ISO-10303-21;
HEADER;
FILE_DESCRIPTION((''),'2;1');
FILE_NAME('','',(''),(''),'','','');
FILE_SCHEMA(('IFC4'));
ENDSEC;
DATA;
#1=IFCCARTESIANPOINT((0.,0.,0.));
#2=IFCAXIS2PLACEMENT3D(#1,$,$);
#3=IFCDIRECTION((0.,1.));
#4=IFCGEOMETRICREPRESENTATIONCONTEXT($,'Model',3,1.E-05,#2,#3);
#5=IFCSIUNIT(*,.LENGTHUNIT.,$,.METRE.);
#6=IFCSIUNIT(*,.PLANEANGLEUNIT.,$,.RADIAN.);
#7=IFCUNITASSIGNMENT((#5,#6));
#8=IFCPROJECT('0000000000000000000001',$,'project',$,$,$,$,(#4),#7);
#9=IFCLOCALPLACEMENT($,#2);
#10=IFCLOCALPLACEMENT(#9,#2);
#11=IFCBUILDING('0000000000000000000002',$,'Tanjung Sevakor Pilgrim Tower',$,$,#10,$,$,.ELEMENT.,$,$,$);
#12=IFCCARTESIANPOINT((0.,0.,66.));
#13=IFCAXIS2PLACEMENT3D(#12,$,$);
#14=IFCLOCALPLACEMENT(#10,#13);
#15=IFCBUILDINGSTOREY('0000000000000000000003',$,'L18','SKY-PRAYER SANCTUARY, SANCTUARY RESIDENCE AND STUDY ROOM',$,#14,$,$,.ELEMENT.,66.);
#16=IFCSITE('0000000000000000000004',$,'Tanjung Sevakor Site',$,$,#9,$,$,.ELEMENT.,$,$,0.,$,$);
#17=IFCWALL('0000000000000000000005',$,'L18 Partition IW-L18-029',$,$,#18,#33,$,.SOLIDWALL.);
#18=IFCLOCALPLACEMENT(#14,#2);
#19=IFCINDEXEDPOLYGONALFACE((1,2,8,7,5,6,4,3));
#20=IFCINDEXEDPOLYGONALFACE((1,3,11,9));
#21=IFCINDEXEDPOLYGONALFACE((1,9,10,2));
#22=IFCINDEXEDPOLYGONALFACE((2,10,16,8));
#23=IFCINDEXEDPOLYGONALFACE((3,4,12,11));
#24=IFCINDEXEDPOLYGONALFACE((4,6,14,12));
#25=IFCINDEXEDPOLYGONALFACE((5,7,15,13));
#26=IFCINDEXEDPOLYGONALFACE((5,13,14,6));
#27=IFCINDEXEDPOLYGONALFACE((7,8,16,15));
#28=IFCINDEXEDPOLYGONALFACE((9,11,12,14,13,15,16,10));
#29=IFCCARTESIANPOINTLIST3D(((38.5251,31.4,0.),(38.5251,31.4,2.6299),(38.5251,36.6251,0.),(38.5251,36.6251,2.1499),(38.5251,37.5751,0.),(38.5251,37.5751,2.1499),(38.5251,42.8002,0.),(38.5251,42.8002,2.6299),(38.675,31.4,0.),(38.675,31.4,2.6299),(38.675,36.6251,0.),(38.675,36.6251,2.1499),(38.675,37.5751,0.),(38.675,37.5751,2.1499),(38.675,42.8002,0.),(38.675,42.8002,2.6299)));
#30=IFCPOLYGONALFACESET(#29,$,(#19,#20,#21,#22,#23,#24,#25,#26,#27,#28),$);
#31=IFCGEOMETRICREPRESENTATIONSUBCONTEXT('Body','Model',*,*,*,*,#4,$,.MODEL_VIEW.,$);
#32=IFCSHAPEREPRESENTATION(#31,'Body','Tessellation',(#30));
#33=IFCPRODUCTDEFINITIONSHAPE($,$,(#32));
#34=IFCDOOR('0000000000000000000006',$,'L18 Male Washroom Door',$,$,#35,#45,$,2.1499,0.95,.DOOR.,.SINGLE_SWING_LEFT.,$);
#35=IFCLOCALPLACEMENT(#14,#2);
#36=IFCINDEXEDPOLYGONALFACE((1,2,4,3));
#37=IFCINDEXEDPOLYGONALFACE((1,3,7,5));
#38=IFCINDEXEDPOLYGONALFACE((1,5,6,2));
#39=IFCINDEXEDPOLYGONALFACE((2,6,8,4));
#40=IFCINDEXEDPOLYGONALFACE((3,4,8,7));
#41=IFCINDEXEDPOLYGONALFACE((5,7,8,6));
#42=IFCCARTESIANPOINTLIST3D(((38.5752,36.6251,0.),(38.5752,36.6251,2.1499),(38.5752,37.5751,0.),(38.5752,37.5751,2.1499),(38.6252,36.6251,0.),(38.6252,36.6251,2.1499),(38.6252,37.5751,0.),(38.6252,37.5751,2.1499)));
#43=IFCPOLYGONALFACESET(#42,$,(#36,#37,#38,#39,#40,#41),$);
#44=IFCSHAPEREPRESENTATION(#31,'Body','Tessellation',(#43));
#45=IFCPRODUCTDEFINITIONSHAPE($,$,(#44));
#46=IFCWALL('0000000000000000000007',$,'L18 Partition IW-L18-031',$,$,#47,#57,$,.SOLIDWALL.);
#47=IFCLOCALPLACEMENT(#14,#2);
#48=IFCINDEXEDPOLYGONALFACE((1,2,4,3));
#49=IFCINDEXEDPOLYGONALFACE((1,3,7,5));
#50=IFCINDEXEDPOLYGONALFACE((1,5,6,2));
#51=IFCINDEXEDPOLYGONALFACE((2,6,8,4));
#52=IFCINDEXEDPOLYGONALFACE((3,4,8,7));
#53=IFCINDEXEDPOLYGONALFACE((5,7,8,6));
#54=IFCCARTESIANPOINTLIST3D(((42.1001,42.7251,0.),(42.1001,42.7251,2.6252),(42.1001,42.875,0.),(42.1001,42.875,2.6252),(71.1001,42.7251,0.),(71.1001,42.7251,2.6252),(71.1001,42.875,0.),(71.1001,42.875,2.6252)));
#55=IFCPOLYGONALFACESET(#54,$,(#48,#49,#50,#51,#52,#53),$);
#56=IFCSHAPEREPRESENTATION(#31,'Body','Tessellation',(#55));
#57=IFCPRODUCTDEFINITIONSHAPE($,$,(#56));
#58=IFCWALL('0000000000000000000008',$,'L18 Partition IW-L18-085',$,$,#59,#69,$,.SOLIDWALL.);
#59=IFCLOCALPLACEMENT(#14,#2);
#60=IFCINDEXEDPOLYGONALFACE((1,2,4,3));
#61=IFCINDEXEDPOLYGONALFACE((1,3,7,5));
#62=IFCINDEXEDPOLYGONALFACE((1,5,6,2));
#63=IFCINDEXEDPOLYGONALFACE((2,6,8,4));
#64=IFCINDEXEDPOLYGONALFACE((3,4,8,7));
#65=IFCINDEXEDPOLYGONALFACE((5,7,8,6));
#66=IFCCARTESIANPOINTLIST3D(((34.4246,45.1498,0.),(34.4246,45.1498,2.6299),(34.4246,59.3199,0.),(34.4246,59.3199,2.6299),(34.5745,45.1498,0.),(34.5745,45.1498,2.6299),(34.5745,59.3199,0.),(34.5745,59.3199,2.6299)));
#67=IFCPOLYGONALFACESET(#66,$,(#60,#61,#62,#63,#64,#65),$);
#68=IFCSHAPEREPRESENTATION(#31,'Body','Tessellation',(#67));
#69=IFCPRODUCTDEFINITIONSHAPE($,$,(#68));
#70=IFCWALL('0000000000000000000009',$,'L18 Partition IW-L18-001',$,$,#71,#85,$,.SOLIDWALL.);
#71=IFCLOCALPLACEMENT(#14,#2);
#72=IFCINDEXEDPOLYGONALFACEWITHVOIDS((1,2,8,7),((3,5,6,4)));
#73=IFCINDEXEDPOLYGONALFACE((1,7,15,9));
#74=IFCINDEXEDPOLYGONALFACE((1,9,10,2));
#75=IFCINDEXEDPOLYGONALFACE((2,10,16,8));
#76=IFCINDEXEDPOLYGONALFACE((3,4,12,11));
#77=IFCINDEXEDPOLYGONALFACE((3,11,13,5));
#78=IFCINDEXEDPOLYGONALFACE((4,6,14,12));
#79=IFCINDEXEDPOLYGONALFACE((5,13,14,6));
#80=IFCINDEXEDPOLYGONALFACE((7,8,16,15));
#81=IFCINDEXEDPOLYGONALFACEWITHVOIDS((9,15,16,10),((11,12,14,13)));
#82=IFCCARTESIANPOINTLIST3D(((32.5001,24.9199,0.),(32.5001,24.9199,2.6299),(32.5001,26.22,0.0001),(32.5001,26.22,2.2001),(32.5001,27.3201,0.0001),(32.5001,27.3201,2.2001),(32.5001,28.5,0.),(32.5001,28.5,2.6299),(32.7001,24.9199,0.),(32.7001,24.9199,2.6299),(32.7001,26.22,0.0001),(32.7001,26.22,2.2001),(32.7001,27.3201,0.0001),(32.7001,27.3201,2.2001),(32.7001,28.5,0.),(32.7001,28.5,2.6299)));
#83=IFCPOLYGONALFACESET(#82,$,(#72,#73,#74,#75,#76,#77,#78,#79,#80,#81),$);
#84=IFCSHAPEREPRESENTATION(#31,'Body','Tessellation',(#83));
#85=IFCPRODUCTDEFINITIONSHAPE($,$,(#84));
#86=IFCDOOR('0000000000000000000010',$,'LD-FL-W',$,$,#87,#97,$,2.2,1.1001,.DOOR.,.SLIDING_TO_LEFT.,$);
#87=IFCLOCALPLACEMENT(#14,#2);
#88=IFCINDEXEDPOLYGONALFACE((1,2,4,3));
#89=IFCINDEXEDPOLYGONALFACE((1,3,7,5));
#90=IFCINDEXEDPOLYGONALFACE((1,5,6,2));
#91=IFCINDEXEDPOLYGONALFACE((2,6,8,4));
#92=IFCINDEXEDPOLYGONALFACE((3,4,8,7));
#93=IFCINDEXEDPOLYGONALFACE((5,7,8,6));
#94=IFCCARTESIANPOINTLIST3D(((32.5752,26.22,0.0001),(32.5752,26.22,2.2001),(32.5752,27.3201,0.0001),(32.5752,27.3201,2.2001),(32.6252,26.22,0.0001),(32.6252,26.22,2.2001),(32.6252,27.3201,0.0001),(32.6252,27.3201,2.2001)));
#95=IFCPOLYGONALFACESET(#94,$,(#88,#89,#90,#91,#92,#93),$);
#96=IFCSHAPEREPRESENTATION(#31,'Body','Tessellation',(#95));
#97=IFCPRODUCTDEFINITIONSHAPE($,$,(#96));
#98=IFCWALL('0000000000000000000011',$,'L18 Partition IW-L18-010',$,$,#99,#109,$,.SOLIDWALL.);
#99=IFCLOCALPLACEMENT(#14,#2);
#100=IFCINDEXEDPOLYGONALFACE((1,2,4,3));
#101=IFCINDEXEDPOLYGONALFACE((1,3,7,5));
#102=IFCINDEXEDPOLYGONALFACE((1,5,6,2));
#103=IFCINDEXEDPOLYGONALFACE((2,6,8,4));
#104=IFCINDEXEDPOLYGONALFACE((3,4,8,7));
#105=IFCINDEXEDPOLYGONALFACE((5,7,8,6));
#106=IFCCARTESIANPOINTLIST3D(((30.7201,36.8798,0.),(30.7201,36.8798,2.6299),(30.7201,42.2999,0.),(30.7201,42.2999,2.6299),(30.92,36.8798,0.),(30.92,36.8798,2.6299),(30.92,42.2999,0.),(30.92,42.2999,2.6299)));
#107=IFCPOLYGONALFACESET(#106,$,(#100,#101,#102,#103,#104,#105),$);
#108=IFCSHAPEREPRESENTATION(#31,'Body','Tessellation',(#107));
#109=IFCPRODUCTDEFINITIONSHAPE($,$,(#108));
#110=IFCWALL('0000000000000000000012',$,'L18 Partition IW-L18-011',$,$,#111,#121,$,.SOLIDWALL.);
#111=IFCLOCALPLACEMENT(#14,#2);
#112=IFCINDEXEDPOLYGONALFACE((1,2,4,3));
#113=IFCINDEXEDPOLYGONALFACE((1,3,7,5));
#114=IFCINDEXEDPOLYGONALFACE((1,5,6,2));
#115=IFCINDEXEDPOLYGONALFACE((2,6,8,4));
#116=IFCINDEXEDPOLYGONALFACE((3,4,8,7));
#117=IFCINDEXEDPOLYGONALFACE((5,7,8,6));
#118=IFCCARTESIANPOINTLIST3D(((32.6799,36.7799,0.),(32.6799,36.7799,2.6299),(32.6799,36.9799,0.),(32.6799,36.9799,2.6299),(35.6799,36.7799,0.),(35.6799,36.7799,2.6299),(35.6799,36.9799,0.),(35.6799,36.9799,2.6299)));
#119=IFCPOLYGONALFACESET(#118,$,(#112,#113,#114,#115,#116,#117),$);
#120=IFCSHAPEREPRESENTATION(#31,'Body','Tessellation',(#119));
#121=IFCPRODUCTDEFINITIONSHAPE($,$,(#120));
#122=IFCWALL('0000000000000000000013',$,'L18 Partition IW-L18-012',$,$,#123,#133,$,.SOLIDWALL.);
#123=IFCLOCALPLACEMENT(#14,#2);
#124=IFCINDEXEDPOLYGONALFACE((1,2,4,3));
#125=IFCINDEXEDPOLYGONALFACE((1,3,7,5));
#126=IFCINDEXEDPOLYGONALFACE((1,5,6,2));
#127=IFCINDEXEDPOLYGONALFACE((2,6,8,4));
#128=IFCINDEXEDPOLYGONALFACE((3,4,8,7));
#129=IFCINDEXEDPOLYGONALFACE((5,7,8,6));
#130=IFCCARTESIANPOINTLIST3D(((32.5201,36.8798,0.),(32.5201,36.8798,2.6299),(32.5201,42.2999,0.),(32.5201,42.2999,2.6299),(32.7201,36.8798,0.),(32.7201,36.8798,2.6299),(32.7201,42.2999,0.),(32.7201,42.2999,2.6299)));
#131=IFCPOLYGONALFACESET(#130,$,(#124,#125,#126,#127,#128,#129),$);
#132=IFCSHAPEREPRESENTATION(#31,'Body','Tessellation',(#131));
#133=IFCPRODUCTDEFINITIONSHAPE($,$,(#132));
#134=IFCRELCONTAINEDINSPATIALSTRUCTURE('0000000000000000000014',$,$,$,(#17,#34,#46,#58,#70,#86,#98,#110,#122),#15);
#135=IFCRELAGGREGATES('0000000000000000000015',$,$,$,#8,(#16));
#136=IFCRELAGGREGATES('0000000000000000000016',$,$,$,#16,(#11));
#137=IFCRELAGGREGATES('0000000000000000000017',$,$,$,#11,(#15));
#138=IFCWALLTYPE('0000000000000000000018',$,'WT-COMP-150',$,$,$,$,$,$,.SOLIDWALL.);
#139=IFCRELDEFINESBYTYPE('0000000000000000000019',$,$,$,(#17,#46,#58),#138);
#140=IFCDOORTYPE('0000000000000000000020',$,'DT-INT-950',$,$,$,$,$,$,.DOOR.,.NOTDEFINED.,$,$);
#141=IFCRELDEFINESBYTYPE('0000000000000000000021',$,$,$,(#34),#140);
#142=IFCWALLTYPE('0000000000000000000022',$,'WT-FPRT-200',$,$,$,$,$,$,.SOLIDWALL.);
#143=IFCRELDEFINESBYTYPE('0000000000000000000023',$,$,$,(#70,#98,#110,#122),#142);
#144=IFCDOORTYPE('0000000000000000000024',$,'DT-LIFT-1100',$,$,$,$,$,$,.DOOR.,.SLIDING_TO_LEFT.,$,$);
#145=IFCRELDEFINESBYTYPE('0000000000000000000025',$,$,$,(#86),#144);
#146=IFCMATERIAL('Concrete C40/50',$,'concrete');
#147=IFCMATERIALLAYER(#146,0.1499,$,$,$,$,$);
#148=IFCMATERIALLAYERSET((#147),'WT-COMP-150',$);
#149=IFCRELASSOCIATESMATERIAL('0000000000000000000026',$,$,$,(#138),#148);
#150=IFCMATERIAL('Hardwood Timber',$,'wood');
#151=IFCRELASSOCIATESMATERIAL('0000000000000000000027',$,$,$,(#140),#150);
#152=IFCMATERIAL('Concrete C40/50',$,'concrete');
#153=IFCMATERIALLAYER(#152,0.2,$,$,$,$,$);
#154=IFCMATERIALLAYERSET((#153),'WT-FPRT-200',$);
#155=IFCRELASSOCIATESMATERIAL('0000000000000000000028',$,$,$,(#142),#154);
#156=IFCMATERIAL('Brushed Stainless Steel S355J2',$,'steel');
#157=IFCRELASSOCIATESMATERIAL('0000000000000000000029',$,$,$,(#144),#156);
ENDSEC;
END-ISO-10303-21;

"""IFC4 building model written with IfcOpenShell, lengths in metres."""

from ifc_helpers import new_model, si_unit, direction, frame, frame_2d, origin, place, context, subcontext, project, spatial, rectangle, extrude, material, layer, layer_set, type_object, element, fill, save


model = new_model("IFC4")

# Units and contexts
model_context = context("Model", 3, precision=1e-05, world=origin(), true_north=direction((0.0, 1.0)))
body_context = subcontext(model_context, "Body", "Model", "MODEL_VIEW")
ifc_project = project(units=[si_unit("LENGTHUNIT", "METRE"), si_unit("PLANEANGLEUNIT", "RADIAN")], contexts=[model_context])

# Site, building, storey
site_placement = place(None, origin())
site = spatial("IfcSite", under=ifc_project, at=site_placement, Name="Tanjung Sevakor Site", CompositionType="ELEMENT", RefElevation=0.0)
building_placement = place(site_placement, origin())
building = spatial("IfcBuilding", under=site, at=building_placement, Name="Tanjung Sevakor Pilgrim Tower", CompositionType="ELEMENT")
storey_placement = place(building_placement, frame((0.0, 0.0, 66.0)))
storey = spatial("IfcBuildingStorey", under=building, at=storey_placement, Name="L18", Description="SKY-PRAYER SANCTUARY, SANCTUARY RESIDENCE AND STUDY ROOM", CompositionType="ELEMENT", Elevation=66.0)

# Shared definitions
ifc_material_1 = material(Name="Concrete C40/50", Category="concrete")
ifc_layer_1 = layer(ifc_material_1, 0.1499)
ifc_layer_set_1 = layer_set([ifc_layer_1], Name="WT-COMP-150")
wall_type_1 = type_object("IfcWallType", Name="WT-COMP-150", PredefinedType="SOLIDWALL", material=ifc_layer_set_1)

# Wall, opening, door
wall_1_placement = place(storey_placement, frame((38.6001, 31.3999, 0.0), z_axis=(0.0, 0.0, 1.0), x_axis=(0.0, 1.0, 0.0)))
wall_1 = element("IfcWall", 1, at=wall_1_placement, inside=storey, type_object=wall_type_1, Name="L18 Partition IW-L18-029", PredefinedType="SOLIDWALL", context=body_context, shape_type="SweptSolid", body=[
    extrude(rectangle(XDim=11.4001, YDim=0.1499, at=frame_2d((5.7002, 0.0))), origin(), (0.0, 0.0, 1.0), 2.6299),
])
opening_1_placement = place(wall_1_placement, frame((5.2251, 0.0, 0.0)))
opening_1 = element("IfcOpeningElement", 2, at=opening_1_placement, cuts=wall_1, PredefinedType="OPENING", context=body_context, shape_type="SweptSolid", body=[
    extrude(rectangle(XDim=0.95, YDim=2.1499, at=frame_2d((0.4751, 1.075))), frame((0.0, 0.085, 0.0), z_axis=(0.0, -1.0, 0.0), x_axis=(1.0, 0.0, 0.0)), (0.0, 0.0, 1.0), 0.1699),
])
ifc_material_2 = material(Name="Hardwood Timber", Category="wood")
door_type_1 = type_object("IfcDoorType", Name="DT-INT-950", OperationType="NOTDEFINED", PredefinedType="DOOR", material=ifc_material_2)
door_1_placement = place(opening_1_placement, origin())
door_1 = element("IfcDoor", 3, at=door_1_placement, inside=storey, type_object=door_type_1, Name="L18 Male Washroom Door", OperationType="SINGLE_SWING_LEFT", OverallHeight=2.1499, OverallWidth=0.95, PredefinedType="DOOR", context=body_context, shape_type="SweptSolid", body=[
    extrude(rectangle(XDim=0.95, YDim=2.1499, at=frame_2d((0.4751, 1.075))), frame((0.0, 0.0249, 0.0), z_axis=(0.0, -1.0, 0.0), x_axis=(1.0, 0.0, 0.0)), (0.0, 0.0, 1.0), 0.05),
])
fill(opening_1, door_1)

# Walls
wall_2_placement = place(storey_placement, frame((42.1001, 42.8, 0.0), z_axis=(0.0, 0.0, 1.0), x_axis=(1.0, 0.0, 0.0)))
element("IfcWall", 4, at=wall_2_placement, inside=storey, type_object=wall_type_1, Name="L18 Partition IW-L18-031", PredefinedType="SOLIDWALL", context=body_context, shape_type="SweptSolid", body=[
    extrude(rectangle(XDim=29.0, YDim=0.1499, at=frame_2d((14.5, 0.0))), origin(), (0.0, 0.0, 1.0), 2.6252),
])
wall_3_placement = place(storey_placement, frame((34.4995, 45.1499, 0.0), z_axis=(0.0, 0.0, 1.0), x_axis=(0.0, 1.0, 0.0)))
element("IfcWall", 5, at=wall_3_placement, inside=storey, type_object=wall_type_1, Name="L18 Partition IW-L18-085", PredefinedType="SOLIDWALL", context=body_context, shape_type="SweptSolid", body=[
    extrude(rectangle(XDim=14.1702, YDim=0.1499, at=frame_2d((7.085, 0.0))), origin(), (0.0, 0.0, 1.0), 2.6299),
])

# Wall, opening, door
ifc_material_3 = material(Name="Concrete C40/50", Category="concrete")
ifc_layer_2 = layer(ifc_material_3, 0.2)
ifc_layer_set_2 = layer_set([ifc_layer_2], Name="WT-FPRT-200")
wall_type_2 = type_object("IfcWallType", Name="WT-FPRT-200", PredefinedType="SOLIDWALL", material=ifc_layer_set_2)
wall_4_placement = place(storey_placement, frame((32.6001, 24.9199, 0.0), z_axis=(0.0, 0.0, 1.0), x_axis=(0.0, 1.0, 0.0)))
wall_4 = element("IfcWall", 6, at=wall_4_placement, inside=storey, type_object=wall_type_2, Name="L18 Partition IW-L18-001", PredefinedType="SOLIDWALL", context=body_context, shape_type="SweptSolid", body=[
    extrude(rectangle(XDim=3.5801, YDim=0.2, at=frame_2d((1.79, 0.0))), origin(), (0.0, 0.0, 1.0), 2.6299),
])
opening_2_placement = place(wall_4_placement, frame((1.3, 0.0, 0.0)))
opening_2 = element("IfcOpeningElement", 7, at=opening_2_placement, cuts=wall_4, PredefinedType="OPENING", context=body_context, shape_type="SweptSolid", body=[
    extrude(rectangle(XDim=1.1001, YDim=2.2, at=frame_2d((0.55, 1.1001))), frame((0.0, 0.1099, 0.0), z_axis=(0.0, -1.0, 0.0), x_axis=(1.0, 0.0, 0.0)), (0.0, 0.0, 1.0), 0.22),
])
ifc_material_4 = material(Name="Brushed Stainless Steel S355J2", Category="steel")
door_type_2 = type_object("IfcDoorType", Name="DT-LIFT-1100", OperationType="SLIDING_TO_LEFT", PredefinedType="DOOR", material=ifc_material_4)
door_2_placement = place(opening_2_placement, origin())
door_2 = element("IfcDoor", 8, at=door_2_placement, inside=storey, type_object=door_type_2, Name="LD-FL-W", OperationType="SLIDING_TO_LEFT", OverallHeight=2.2, OverallWidth=1.1001, PredefinedType="DOOR", context=body_context, shape_type="SweptSolid", body=[
    extrude(rectangle(XDim=1.1001, YDim=2.2, at=frame_2d((0.55, 1.1001))), frame((0.0, 0.0249, 0.0), z_axis=(0.0, -1.0, 0.0), x_axis=(1.0, 0.0, 0.0)), (0.0, 0.0, 1.0), 0.05),
])
fill(opening_2, door_2)

# Walls
wall_5_placement = place(storey_placement, frame((30.8201, 36.8799, 0.0), z_axis=(0.0, 0.0, 1.0), x_axis=(0.0, 1.0, 0.0)))
element("IfcWall", 9, at=wall_5_placement, inside=storey, type_object=wall_type_2, Name="L18 Partition IW-L18-010", PredefinedType="SOLIDWALL", context=body_context, shape_type="SweptSolid", body=[
    extrude(rectangle(XDim=5.4202, YDim=0.2, at=frame_2d((2.71, 0.0))), origin(), (0.0, 0.0, 1.0), 2.6299),
])
wall_6_placement = place(storey_placement, frame((32.6799, 36.8799, 0.0), z_axis=(0.0, 0.0, 1.0), x_axis=(1.0, 0.0, 0.0)))
element("IfcWall", 10, at=wall_6_placement, inside=storey, type_object=wall_type_2, Name="L18 Partition IW-L18-011", PredefinedType="SOLIDWALL", context=body_context, shape_type="SweptSolid", body=[
    extrude(rectangle(XDim=3.0, YDim=0.2, at=frame_2d((1.5, 0.0))), origin(), (0.0, 0.0, 1.0), 2.6299),
])
wall_7_placement = place(storey_placement, frame((32.6201, 36.8799, 0.0), z_axis=(0.0, 0.0, 1.0), x_axis=(0.0, 1.0, 0.0)))
element("IfcWall", 11, at=wall_7_placement, inside=storey, type_object=wall_type_2, Name="L18 Partition IW-L18-012", PredefinedType="SOLIDWALL", context=body_context, shape_type="SweptSolid", body=[
    extrude(rectangle(XDim=5.4202, YDim=0.2, at=frame_2d((2.71, 0.0))), origin(), (0.0, 0.0, 1.0), 2.6299),
])

save(model, "model.ifc")
